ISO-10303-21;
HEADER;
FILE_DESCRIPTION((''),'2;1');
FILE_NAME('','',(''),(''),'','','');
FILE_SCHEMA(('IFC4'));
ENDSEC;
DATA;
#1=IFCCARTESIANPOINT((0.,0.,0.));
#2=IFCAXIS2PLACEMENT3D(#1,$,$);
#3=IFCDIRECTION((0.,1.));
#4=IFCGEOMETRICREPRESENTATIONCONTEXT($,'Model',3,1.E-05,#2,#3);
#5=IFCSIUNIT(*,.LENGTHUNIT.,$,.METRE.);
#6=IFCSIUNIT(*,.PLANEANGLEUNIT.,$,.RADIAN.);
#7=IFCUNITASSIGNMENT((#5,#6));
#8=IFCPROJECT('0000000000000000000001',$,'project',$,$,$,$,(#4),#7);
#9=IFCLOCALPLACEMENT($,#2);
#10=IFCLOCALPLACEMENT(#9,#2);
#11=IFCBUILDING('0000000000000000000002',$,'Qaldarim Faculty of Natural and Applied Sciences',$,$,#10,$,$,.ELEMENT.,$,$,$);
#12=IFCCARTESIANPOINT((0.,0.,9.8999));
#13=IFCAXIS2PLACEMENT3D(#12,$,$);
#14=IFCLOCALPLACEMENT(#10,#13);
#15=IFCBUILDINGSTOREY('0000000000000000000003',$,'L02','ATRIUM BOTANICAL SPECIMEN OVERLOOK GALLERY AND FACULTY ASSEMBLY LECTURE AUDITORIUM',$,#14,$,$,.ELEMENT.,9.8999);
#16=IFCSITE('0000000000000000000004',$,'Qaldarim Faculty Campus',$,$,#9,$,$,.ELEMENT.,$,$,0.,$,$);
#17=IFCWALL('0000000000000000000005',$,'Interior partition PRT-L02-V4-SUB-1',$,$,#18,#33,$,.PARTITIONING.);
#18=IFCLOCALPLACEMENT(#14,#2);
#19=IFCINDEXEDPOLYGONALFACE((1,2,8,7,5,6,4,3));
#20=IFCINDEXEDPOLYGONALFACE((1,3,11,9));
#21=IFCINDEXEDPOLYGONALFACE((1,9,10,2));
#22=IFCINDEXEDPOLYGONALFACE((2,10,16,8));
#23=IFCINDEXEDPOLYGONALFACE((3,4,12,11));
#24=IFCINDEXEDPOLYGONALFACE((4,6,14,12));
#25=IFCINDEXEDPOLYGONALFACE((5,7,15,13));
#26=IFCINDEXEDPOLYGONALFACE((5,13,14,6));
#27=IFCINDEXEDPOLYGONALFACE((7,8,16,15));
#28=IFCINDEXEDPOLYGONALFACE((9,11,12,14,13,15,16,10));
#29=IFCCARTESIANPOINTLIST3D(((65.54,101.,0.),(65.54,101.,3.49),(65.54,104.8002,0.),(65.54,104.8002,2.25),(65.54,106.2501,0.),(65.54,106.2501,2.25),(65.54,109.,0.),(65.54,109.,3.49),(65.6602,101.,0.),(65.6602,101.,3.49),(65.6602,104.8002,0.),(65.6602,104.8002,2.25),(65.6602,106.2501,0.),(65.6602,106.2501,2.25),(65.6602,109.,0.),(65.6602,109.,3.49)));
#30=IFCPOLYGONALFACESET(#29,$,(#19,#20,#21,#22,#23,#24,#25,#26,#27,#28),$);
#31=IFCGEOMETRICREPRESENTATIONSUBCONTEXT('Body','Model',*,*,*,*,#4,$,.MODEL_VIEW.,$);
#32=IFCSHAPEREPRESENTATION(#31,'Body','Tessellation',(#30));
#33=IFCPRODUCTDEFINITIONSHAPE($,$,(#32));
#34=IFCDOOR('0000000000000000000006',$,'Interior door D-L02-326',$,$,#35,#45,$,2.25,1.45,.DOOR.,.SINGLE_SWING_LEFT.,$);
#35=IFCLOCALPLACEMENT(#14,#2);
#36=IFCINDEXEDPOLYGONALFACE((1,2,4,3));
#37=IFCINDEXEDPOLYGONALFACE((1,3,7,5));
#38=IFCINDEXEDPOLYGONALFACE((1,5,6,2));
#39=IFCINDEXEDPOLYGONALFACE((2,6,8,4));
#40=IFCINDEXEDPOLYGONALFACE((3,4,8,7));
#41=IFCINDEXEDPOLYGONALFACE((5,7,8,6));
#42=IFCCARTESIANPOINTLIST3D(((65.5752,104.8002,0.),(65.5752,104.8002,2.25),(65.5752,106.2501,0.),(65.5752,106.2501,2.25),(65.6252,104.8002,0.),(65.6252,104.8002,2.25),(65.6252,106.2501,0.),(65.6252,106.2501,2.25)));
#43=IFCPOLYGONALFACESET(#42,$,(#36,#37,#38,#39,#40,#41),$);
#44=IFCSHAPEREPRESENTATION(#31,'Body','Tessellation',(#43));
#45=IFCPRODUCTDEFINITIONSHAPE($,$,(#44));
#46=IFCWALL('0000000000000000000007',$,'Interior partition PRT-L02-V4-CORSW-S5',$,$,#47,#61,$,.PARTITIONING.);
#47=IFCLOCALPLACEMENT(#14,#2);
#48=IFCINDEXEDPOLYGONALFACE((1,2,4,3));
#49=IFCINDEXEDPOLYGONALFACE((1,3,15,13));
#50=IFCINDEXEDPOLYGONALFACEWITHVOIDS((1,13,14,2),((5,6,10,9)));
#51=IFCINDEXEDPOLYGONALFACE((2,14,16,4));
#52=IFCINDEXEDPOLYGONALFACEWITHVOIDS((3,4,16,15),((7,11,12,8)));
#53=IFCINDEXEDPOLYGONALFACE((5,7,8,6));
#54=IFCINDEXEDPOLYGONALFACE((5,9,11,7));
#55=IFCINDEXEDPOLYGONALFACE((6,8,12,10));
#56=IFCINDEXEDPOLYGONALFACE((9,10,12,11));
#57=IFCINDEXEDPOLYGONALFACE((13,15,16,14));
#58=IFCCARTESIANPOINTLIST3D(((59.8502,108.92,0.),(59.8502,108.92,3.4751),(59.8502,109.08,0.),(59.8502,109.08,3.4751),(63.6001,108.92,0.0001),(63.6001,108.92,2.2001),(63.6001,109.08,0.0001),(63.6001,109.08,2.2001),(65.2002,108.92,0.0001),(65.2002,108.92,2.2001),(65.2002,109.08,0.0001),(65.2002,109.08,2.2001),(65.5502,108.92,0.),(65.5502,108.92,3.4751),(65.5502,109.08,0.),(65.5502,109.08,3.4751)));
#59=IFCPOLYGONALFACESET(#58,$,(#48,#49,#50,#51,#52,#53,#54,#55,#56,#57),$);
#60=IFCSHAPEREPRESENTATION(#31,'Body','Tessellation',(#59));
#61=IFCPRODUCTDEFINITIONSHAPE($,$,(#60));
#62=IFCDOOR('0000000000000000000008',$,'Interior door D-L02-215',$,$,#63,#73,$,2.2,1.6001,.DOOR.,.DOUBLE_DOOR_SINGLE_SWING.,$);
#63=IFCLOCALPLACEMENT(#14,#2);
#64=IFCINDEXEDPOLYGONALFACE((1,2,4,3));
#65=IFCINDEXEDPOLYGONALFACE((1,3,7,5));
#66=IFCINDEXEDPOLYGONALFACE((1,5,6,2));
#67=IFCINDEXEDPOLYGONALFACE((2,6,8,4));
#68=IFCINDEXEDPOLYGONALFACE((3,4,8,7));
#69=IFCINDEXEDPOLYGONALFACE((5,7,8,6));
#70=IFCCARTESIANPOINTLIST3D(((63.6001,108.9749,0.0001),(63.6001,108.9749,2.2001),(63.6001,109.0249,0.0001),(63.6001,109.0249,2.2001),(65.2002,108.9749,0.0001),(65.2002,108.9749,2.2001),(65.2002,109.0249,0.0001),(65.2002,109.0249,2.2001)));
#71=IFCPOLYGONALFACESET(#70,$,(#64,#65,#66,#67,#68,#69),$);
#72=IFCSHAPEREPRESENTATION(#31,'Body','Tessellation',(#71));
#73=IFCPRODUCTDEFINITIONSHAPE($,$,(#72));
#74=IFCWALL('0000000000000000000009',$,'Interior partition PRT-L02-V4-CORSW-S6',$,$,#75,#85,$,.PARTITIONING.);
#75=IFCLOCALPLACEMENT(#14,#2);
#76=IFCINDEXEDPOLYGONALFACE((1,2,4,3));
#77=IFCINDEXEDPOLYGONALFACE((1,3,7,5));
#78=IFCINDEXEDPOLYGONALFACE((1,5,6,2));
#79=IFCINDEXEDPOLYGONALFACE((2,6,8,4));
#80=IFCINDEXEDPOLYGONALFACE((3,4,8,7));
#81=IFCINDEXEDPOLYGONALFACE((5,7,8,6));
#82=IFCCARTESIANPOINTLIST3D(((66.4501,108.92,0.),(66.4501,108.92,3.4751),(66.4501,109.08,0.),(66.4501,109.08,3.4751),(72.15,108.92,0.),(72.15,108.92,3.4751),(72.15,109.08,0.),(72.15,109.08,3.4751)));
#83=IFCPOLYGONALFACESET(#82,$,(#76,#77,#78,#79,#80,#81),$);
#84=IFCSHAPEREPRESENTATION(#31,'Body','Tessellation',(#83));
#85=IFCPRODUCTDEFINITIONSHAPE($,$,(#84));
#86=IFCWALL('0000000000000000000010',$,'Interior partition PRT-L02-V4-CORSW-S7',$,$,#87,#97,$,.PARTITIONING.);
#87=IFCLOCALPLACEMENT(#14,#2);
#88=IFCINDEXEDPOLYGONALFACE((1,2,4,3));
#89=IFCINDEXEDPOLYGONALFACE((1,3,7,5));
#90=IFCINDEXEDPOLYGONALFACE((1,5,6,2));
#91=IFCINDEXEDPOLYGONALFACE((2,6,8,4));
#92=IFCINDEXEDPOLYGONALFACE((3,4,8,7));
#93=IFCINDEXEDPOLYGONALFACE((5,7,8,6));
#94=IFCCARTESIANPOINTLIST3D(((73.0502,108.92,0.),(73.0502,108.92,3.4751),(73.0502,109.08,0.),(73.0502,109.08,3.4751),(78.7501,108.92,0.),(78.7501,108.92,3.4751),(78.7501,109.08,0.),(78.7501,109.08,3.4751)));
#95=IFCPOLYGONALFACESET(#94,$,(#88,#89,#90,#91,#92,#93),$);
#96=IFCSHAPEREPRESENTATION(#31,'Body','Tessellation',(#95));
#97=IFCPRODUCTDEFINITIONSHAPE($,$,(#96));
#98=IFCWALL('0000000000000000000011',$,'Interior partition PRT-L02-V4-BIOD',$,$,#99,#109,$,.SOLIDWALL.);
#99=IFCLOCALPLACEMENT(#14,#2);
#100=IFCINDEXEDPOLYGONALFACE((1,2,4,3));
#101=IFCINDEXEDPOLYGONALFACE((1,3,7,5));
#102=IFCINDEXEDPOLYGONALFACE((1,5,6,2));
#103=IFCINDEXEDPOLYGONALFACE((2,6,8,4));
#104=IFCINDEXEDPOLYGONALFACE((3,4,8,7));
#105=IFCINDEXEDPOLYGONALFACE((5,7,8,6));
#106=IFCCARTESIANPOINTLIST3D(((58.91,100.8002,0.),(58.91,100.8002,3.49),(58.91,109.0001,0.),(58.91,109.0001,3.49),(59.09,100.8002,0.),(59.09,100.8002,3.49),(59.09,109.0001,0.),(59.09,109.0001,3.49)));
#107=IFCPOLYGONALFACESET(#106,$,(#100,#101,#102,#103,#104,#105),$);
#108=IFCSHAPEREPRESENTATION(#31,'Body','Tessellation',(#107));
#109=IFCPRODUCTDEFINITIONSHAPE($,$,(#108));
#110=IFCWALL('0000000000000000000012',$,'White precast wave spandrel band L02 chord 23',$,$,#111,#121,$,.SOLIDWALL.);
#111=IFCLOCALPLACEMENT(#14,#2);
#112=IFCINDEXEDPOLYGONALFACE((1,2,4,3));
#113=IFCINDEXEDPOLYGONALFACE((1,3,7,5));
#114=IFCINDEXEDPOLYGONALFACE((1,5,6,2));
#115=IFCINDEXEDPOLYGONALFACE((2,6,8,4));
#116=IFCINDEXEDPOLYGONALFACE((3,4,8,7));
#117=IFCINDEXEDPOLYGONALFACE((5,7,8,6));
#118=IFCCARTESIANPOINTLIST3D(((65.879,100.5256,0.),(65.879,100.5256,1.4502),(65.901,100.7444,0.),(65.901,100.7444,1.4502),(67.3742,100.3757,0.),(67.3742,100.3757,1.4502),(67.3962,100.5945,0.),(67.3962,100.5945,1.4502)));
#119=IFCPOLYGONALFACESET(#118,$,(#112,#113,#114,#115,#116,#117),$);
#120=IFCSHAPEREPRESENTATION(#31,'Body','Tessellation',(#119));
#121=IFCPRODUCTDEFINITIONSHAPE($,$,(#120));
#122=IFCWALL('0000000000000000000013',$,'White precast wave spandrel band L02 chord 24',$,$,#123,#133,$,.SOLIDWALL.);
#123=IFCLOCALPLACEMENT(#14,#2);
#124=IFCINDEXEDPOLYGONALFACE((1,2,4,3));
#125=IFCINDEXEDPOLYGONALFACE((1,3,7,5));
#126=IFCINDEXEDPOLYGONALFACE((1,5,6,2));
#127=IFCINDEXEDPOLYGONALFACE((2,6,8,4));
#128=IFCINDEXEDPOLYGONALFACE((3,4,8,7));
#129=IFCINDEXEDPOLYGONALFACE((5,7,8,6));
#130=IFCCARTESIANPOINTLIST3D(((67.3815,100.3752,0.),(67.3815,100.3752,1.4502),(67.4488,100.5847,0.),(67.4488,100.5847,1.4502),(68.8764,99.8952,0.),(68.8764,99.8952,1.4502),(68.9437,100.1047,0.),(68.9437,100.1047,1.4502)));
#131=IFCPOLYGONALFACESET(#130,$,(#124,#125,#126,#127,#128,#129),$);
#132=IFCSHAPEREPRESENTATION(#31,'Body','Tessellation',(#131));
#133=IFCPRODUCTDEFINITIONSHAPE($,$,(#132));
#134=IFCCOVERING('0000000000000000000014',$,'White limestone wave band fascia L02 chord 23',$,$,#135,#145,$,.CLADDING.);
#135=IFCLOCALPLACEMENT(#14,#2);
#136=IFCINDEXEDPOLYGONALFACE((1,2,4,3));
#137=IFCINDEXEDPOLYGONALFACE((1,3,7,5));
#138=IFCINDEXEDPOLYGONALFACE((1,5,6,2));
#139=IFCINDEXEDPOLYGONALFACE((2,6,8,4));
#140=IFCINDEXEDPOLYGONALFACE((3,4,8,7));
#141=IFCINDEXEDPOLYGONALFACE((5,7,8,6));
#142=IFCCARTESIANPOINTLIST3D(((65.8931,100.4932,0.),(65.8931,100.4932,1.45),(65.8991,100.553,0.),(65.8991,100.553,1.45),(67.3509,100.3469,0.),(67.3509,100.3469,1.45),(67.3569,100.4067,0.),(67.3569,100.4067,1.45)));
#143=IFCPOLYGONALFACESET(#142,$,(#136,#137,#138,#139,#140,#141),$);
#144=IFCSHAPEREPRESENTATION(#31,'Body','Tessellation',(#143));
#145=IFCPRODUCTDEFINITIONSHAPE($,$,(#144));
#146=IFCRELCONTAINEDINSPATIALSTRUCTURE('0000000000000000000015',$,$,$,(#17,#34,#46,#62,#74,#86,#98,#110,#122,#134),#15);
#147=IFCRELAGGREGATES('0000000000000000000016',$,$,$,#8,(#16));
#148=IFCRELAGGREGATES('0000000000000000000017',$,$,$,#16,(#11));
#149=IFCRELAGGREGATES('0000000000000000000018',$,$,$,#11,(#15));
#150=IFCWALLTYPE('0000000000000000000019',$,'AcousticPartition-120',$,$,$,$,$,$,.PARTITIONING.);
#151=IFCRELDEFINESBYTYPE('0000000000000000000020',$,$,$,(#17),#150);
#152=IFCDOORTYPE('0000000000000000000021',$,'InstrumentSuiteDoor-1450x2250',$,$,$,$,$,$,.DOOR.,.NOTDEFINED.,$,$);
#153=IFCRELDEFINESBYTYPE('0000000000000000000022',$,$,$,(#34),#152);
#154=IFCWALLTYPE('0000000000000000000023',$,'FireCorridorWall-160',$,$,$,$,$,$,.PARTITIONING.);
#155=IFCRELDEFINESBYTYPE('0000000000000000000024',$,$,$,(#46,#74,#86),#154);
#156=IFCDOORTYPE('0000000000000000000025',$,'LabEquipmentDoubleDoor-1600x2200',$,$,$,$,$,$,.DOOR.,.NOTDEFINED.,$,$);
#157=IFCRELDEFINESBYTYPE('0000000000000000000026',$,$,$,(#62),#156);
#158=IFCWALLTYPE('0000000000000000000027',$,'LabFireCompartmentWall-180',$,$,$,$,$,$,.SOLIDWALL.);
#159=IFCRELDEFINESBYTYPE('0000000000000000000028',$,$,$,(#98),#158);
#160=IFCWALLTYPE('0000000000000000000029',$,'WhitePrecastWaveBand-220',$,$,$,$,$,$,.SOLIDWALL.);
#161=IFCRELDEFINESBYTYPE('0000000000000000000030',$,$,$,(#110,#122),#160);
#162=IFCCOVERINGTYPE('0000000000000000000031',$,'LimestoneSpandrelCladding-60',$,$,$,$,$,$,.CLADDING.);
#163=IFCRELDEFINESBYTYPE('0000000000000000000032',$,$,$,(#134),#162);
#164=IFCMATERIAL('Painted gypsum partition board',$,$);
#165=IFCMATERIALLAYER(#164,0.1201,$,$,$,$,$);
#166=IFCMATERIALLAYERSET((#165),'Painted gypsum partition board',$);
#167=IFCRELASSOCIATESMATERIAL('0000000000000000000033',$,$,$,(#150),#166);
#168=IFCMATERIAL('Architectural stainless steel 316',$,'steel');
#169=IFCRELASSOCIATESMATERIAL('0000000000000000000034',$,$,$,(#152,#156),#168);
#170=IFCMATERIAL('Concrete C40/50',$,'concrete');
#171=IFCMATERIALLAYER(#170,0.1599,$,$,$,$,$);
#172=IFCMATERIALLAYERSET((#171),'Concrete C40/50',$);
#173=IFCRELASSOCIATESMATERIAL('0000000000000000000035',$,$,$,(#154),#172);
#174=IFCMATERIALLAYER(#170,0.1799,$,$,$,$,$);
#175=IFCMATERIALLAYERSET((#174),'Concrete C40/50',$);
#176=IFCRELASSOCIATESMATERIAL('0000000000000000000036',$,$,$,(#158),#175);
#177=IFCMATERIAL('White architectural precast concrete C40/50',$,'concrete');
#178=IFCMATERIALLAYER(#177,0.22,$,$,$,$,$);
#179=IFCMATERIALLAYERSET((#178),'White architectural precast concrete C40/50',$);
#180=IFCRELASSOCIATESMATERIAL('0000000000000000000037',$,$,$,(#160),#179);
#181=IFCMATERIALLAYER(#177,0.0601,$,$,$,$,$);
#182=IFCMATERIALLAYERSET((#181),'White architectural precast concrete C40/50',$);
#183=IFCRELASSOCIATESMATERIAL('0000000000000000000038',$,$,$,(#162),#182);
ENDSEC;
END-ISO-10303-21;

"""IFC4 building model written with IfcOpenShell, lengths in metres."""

from ifc_helpers import new_model, si_unit, direction, frame, frame_2d, origin, origin_2d, place, context, subcontext, project, spatial, rectangle, extrude, material, layer, layer_set, type_object, element, fill, save


model = new_model("IFC4")

# Units and contexts
model_context = context("Model", 3, precision=1e-05, world=origin(), true_north=direction((0.0, 1.0)))
body_context = subcontext(model_context, "Body", "Model", "MODEL_VIEW")
ifc_project = project(units=[si_unit("LENGTHUNIT", "METRE"), si_unit("PLANEANGLEUNIT", "RADIAN")], contexts=[model_context])

# Site, building, storey
site_placement = place(None, origin())
site = spatial("IfcSite", under=ifc_project, at=site_placement, Name="Qaldarim Faculty Campus", CompositionType="ELEMENT", RefElevation=0.0)
building_placement = place(site_placement, origin())
building = spatial("IfcBuilding", under=site, at=building_placement, Name="Qaldarim Faculty of Natural and Applied Sciences", CompositionType="ELEMENT")
storey_placement = place(building_placement, frame((0.0, 0.0, 9.8999)))
storey = spatial("IfcBuildingStorey", under=building, at=storey_placement, Name="L02", Description="ATRIUM BOTANICAL SPECIMEN OVERLOOK GALLERY AND FACULTY ASSEMBLY LECTURE AUDITORIUM", CompositionType="ELEMENT", Elevation=9.8999)

# Shared definitions
ifc_material_1 = material(Name="Concrete C40/50", Category="concrete")

# Walls, openings, doors
ifc_material_2 = material(Name="Painted gypsum partition board")
ifc_layer_1 = layer(ifc_material_2, 0.1201)
ifc_layer_set_1 = layer_set([ifc_layer_1], Name="Painted gypsum partition board")
wall_type_1 = type_object("IfcWallType", Name="AcousticPartition-120", PredefinedType="PARTITIONING", material=ifc_layer_set_1)
wall_1_placement = place(storey_placement, frame((65.6001, 101.0, 0.0), z_axis=(0.0, 0.0, 1.0), x_axis=(0.0, 1.0, 0.0)))
wall_1 = element("IfcWall", 1, at=wall_1_placement, inside=storey, type_object=wall_type_1, Name="Interior partition PRT-L02-V4-SUB-1", PredefinedType="PARTITIONING", context=body_context, shape_type="SweptSolid", body=[
    extrude(rectangle(XDim=8.0, YDim=0.1201, at=frame_2d((4.0, 0.0))), origin(), (0.0, 0.0, 1.0), 3.49),
])
opening_1_placement = place(wall_1_placement, frame((3.8, 0.0, 0.0)))
opening_1 = element("IfcOpeningElement", 2, at=opening_1_placement, cuts=wall_1, PredefinedType="OPENING", context=body_context, shape_type="SweptSolid", body=[
    extrude(rectangle(XDim=1.45, YDim=2.25, at=frame_2d((0.7251, 1.125))), frame((0.0, 0.0701, 0.0), z_axis=(0.0, -1.0, 0.0), x_axis=(1.0, 0.0, 0.0)), (0.0, 0.0, 1.0), 0.1401),
])
ifc_material_3 = material(Name="Architectural stainless steel 316", Category="steel")
door_type_1 = type_object("IfcDoorType", Name="InstrumentSuiteDoor-1450x2250", OperationType="NOTDEFINED", PredefinedType="DOOR", material=ifc_material_3)
door_1_placement = place(opening_1_placement, origin())
door_1 = element("IfcDoor", 3, at=door_1_placement, inside=storey, type_object=door_type_1, Name="Interior door D-L02-326", OperationType="SINGLE_SWING_LEFT", OverallHeight=2.25, OverallWidth=1.45, PredefinedType="DOOR", context=body_context, shape_type="SweptSolid", body=[
    extrude(rectangle(XDim=1.45, YDim=2.25, at=frame_2d((0.7251, 1.125))), frame((0.0, 0.0249, 0.0), z_axis=(0.0, -1.0, 0.0), x_axis=(1.0, 0.0, 0.0)), (0.0, 0.0, 1.0), 0.05),
])
fill(opening_1, door_1)
ifc_layer_2 = layer(ifc_material_1, 0.1599)
ifc_layer_set_2 = layer_set([ifc_layer_2], Name="Concrete C40/50")
wall_type_2 = type_object("IfcWallType", Name="FireCorridorWall-160", PredefinedType="PARTITIONING", material=ifc_layer_set_2)
wall_2_placement = place(storey_placement, frame((59.8501, 109.0, 0.0), z_axis=(0.0, 0.0, 1.0), x_axis=(1.0, 0.0, 0.0)))
wall_2 = element("IfcWall", 4, at=wall_2_placement, inside=storey, type_object=wall_type_2, Name="Interior partition PRT-L02-V4-CORSW-S5", PredefinedType="PARTITIONING", context=body_context, shape_type="SweptSolid", body=[
    extrude(rectangle(XDim=5.7, YDim=0.1599, at=frame_2d((2.8501, 0.0))), origin(), (0.0, 0.0, 1.0), 3.4751),
])
opening_2_placement = place(wall_2_placement, frame((3.75, 0.0, 0.0)))
opening_2 = element("IfcOpeningElement", 5, at=opening_2_placement, cuts=wall_2, PredefinedType="OPENING", context=body_context, shape_type="SweptSolid", body=[
    extrude(rectangle(XDim=1.6001, YDim=2.2, at=frame_2d((0.8, 1.1001))), frame((0.0, 0.0898, 0.0), z_axis=(0.0, -1.0, 0.0), x_axis=(1.0, 0.0, 0.0)), (0.0, 0.0, 1.0), 0.1799),
])
door_type_2 = type_object("IfcDoorType", Name="LabEquipmentDoubleDoor-1600x2200", OperationType="NOTDEFINED", PredefinedType="DOOR", material=ifc_material_3)
door_2_placement = place(opening_2_placement, origin())
door_2 = element("IfcDoor", 6, at=door_2_placement, inside=storey, type_object=door_type_2, Name="Interior door D-L02-215", OperationType="DOUBLE_DOOR_SINGLE_SWING", OverallHeight=2.2, OverallWidth=1.6001, PredefinedType="DOOR", context=body_context, shape_type="SweptSolid", body=[
    extrude(rectangle(XDim=1.6001, YDim=2.2, at=frame_2d((0.8, 1.1001))), frame((0.0, 0.0249, 0.0), z_axis=(0.0, -1.0, 0.0), x_axis=(1.0, 0.0, 0.0)), (0.0, 0.0, 1.0), 0.05),
])
fill(opening_2, door_2)

# Walls
for number, where, z_axis, x_axis, name in (
    (7, (66.45, 109.0, 0.0), (0.0, 0.0, 1.0), (1.0, 0.0, 0.0), "Interior partition PRT-L02-V4-CORSW-S6"),
    (8, (73.05, 109.0, 0.0), (0.0, 0.0, 1.0), (1.0, 0.0, 0.0), "Interior partition PRT-L02-V4-CORSW-S7"),
):
    element("IfcWall", number, at=place(storey_placement, frame(where, z_axis=z_axis, x_axis=x_axis)), inside=storey, type_object=wall_type_2, Name=name, PredefinedType="PARTITIONING", context=body_context, shape_type="SweptSolid", body=[
        extrude(rectangle(XDim=5.7, YDim=0.1599, at=frame_2d((2.8501, 0.0))), origin(), (0.0, 0.0, 1.0), 3.4751),
    ])
ifc_layer_3 = layer(ifc_material_1, 0.1799)
ifc_layer_set_3 = layer_set([ifc_layer_3], Name="Concrete C40/50")
wall_type_3 = type_object("IfcWallType", Name="LabFireCompartmentWall-180", PredefinedType="SOLIDWALL", material=ifc_layer_set_3)
wall_3_placement = place(storey_placement, frame((59.0, 100.8, 0.0), z_axis=(0.0, 0.0, 1.0), x_axis=(0.0, 1.0, 0.0)))
element("IfcWall", 9, at=wall_3_placement, inside=storey, type_object=wall_type_3, Name="Interior partition PRT-L02-V4-BIOD", PredefinedType="SOLIDWALL", context=body_context, shape_type="SweptSolid", body=[
    extrude(rectangle(XDim=8.2, YDim=0.1799, at=frame_2d((4.1001, 0.0))), origin(), (0.0, 0.0, 1.0), 3.49),
])
ifc_material_4 = material(Name="White architectural precast concrete C40/50", Category="concrete")
ifc_layer_4 = layer(ifc_material_4, 0.22)
ifc_layer_set_4 = layer_set([ifc_layer_4], Name="White architectural precast concrete C40/50")
wall_type_4 = type_object("IfcWallType", Name="WhitePrecastWaveBand-220", PredefinedType="SOLIDWALL", material=ifc_layer_set_4)
wall_4_placement = place(storey_placement, frame((65.8899, 100.635, 0.0), z_axis=(0.0, 0.0, 1.0), x_axis=(0.995011, -0.099761, 0.0)))
element("IfcWall", 10, at=wall_4_placement, inside=storey, type_object=wall_type_4, Name="White precast wave spandrel band L02 chord 23", PredefinedType="SOLIDWALL", context=body_context, shape_type="SweptSolid", body=[
    extrude(rectangle(XDim=1.5027, YDim=0.22, at=frame_2d((0.7515, 0.0))), origin(), (0.0, 0.0, 1.0), 1.4502),
])
wall_5_placement = place(storey_placement, frame((67.415, 100.48, 0.0), z_axis=(0.0, 0.0, 1.0), x_axis=(0.952124, -0.305712, 0.0)))
element("IfcWall", 11, at=wall_5_placement, inside=storey, type_object=wall_type_4, Name="White precast wave spandrel band L02 chord 24", PredefinedType="SOLIDWALL", context=body_context, shape_type="SweptSolid", body=[
    extrude(rectangle(XDim=1.5701, YDim=0.22, at=frame_2d((0.7852, 0.0))), origin(), (0.0, 0.0, 1.0), 1.4502),
])

# Covering
ifc_layer_5 = layer(ifc_material_4, 0.0601)
ifc_layer_set_5 = layer_set([ifc_layer_5], Name="White architectural precast concrete C40/50")
covering_type = type_object("IfcCoveringType", Name="LimestoneSpandrelCladding-60", PredefinedType="CLADDING", material=ifc_layer_set_5)
covering_placement = place(storey_placement, frame((66.625, 100.45, 0.0), z_axis=(0.0, 0.0, 1.0), x_axis=(0.995003, -0.099841, 0.0)))
element("IfcCovering", 12, at=covering_placement, inside=storey, type_object=covering_type, Name="White limestone wave band fascia L02 chord 23", PredefinedType="CLADDING", context=body_context, shape_type="SweptSolid", body=[
    extrude(rectangle(XDim=1.4651, YDim=0.0601, at=origin_2d()), origin(), (0.0, 0.0, 1.0), 1.45),
])

save(model, "model.ifc")
